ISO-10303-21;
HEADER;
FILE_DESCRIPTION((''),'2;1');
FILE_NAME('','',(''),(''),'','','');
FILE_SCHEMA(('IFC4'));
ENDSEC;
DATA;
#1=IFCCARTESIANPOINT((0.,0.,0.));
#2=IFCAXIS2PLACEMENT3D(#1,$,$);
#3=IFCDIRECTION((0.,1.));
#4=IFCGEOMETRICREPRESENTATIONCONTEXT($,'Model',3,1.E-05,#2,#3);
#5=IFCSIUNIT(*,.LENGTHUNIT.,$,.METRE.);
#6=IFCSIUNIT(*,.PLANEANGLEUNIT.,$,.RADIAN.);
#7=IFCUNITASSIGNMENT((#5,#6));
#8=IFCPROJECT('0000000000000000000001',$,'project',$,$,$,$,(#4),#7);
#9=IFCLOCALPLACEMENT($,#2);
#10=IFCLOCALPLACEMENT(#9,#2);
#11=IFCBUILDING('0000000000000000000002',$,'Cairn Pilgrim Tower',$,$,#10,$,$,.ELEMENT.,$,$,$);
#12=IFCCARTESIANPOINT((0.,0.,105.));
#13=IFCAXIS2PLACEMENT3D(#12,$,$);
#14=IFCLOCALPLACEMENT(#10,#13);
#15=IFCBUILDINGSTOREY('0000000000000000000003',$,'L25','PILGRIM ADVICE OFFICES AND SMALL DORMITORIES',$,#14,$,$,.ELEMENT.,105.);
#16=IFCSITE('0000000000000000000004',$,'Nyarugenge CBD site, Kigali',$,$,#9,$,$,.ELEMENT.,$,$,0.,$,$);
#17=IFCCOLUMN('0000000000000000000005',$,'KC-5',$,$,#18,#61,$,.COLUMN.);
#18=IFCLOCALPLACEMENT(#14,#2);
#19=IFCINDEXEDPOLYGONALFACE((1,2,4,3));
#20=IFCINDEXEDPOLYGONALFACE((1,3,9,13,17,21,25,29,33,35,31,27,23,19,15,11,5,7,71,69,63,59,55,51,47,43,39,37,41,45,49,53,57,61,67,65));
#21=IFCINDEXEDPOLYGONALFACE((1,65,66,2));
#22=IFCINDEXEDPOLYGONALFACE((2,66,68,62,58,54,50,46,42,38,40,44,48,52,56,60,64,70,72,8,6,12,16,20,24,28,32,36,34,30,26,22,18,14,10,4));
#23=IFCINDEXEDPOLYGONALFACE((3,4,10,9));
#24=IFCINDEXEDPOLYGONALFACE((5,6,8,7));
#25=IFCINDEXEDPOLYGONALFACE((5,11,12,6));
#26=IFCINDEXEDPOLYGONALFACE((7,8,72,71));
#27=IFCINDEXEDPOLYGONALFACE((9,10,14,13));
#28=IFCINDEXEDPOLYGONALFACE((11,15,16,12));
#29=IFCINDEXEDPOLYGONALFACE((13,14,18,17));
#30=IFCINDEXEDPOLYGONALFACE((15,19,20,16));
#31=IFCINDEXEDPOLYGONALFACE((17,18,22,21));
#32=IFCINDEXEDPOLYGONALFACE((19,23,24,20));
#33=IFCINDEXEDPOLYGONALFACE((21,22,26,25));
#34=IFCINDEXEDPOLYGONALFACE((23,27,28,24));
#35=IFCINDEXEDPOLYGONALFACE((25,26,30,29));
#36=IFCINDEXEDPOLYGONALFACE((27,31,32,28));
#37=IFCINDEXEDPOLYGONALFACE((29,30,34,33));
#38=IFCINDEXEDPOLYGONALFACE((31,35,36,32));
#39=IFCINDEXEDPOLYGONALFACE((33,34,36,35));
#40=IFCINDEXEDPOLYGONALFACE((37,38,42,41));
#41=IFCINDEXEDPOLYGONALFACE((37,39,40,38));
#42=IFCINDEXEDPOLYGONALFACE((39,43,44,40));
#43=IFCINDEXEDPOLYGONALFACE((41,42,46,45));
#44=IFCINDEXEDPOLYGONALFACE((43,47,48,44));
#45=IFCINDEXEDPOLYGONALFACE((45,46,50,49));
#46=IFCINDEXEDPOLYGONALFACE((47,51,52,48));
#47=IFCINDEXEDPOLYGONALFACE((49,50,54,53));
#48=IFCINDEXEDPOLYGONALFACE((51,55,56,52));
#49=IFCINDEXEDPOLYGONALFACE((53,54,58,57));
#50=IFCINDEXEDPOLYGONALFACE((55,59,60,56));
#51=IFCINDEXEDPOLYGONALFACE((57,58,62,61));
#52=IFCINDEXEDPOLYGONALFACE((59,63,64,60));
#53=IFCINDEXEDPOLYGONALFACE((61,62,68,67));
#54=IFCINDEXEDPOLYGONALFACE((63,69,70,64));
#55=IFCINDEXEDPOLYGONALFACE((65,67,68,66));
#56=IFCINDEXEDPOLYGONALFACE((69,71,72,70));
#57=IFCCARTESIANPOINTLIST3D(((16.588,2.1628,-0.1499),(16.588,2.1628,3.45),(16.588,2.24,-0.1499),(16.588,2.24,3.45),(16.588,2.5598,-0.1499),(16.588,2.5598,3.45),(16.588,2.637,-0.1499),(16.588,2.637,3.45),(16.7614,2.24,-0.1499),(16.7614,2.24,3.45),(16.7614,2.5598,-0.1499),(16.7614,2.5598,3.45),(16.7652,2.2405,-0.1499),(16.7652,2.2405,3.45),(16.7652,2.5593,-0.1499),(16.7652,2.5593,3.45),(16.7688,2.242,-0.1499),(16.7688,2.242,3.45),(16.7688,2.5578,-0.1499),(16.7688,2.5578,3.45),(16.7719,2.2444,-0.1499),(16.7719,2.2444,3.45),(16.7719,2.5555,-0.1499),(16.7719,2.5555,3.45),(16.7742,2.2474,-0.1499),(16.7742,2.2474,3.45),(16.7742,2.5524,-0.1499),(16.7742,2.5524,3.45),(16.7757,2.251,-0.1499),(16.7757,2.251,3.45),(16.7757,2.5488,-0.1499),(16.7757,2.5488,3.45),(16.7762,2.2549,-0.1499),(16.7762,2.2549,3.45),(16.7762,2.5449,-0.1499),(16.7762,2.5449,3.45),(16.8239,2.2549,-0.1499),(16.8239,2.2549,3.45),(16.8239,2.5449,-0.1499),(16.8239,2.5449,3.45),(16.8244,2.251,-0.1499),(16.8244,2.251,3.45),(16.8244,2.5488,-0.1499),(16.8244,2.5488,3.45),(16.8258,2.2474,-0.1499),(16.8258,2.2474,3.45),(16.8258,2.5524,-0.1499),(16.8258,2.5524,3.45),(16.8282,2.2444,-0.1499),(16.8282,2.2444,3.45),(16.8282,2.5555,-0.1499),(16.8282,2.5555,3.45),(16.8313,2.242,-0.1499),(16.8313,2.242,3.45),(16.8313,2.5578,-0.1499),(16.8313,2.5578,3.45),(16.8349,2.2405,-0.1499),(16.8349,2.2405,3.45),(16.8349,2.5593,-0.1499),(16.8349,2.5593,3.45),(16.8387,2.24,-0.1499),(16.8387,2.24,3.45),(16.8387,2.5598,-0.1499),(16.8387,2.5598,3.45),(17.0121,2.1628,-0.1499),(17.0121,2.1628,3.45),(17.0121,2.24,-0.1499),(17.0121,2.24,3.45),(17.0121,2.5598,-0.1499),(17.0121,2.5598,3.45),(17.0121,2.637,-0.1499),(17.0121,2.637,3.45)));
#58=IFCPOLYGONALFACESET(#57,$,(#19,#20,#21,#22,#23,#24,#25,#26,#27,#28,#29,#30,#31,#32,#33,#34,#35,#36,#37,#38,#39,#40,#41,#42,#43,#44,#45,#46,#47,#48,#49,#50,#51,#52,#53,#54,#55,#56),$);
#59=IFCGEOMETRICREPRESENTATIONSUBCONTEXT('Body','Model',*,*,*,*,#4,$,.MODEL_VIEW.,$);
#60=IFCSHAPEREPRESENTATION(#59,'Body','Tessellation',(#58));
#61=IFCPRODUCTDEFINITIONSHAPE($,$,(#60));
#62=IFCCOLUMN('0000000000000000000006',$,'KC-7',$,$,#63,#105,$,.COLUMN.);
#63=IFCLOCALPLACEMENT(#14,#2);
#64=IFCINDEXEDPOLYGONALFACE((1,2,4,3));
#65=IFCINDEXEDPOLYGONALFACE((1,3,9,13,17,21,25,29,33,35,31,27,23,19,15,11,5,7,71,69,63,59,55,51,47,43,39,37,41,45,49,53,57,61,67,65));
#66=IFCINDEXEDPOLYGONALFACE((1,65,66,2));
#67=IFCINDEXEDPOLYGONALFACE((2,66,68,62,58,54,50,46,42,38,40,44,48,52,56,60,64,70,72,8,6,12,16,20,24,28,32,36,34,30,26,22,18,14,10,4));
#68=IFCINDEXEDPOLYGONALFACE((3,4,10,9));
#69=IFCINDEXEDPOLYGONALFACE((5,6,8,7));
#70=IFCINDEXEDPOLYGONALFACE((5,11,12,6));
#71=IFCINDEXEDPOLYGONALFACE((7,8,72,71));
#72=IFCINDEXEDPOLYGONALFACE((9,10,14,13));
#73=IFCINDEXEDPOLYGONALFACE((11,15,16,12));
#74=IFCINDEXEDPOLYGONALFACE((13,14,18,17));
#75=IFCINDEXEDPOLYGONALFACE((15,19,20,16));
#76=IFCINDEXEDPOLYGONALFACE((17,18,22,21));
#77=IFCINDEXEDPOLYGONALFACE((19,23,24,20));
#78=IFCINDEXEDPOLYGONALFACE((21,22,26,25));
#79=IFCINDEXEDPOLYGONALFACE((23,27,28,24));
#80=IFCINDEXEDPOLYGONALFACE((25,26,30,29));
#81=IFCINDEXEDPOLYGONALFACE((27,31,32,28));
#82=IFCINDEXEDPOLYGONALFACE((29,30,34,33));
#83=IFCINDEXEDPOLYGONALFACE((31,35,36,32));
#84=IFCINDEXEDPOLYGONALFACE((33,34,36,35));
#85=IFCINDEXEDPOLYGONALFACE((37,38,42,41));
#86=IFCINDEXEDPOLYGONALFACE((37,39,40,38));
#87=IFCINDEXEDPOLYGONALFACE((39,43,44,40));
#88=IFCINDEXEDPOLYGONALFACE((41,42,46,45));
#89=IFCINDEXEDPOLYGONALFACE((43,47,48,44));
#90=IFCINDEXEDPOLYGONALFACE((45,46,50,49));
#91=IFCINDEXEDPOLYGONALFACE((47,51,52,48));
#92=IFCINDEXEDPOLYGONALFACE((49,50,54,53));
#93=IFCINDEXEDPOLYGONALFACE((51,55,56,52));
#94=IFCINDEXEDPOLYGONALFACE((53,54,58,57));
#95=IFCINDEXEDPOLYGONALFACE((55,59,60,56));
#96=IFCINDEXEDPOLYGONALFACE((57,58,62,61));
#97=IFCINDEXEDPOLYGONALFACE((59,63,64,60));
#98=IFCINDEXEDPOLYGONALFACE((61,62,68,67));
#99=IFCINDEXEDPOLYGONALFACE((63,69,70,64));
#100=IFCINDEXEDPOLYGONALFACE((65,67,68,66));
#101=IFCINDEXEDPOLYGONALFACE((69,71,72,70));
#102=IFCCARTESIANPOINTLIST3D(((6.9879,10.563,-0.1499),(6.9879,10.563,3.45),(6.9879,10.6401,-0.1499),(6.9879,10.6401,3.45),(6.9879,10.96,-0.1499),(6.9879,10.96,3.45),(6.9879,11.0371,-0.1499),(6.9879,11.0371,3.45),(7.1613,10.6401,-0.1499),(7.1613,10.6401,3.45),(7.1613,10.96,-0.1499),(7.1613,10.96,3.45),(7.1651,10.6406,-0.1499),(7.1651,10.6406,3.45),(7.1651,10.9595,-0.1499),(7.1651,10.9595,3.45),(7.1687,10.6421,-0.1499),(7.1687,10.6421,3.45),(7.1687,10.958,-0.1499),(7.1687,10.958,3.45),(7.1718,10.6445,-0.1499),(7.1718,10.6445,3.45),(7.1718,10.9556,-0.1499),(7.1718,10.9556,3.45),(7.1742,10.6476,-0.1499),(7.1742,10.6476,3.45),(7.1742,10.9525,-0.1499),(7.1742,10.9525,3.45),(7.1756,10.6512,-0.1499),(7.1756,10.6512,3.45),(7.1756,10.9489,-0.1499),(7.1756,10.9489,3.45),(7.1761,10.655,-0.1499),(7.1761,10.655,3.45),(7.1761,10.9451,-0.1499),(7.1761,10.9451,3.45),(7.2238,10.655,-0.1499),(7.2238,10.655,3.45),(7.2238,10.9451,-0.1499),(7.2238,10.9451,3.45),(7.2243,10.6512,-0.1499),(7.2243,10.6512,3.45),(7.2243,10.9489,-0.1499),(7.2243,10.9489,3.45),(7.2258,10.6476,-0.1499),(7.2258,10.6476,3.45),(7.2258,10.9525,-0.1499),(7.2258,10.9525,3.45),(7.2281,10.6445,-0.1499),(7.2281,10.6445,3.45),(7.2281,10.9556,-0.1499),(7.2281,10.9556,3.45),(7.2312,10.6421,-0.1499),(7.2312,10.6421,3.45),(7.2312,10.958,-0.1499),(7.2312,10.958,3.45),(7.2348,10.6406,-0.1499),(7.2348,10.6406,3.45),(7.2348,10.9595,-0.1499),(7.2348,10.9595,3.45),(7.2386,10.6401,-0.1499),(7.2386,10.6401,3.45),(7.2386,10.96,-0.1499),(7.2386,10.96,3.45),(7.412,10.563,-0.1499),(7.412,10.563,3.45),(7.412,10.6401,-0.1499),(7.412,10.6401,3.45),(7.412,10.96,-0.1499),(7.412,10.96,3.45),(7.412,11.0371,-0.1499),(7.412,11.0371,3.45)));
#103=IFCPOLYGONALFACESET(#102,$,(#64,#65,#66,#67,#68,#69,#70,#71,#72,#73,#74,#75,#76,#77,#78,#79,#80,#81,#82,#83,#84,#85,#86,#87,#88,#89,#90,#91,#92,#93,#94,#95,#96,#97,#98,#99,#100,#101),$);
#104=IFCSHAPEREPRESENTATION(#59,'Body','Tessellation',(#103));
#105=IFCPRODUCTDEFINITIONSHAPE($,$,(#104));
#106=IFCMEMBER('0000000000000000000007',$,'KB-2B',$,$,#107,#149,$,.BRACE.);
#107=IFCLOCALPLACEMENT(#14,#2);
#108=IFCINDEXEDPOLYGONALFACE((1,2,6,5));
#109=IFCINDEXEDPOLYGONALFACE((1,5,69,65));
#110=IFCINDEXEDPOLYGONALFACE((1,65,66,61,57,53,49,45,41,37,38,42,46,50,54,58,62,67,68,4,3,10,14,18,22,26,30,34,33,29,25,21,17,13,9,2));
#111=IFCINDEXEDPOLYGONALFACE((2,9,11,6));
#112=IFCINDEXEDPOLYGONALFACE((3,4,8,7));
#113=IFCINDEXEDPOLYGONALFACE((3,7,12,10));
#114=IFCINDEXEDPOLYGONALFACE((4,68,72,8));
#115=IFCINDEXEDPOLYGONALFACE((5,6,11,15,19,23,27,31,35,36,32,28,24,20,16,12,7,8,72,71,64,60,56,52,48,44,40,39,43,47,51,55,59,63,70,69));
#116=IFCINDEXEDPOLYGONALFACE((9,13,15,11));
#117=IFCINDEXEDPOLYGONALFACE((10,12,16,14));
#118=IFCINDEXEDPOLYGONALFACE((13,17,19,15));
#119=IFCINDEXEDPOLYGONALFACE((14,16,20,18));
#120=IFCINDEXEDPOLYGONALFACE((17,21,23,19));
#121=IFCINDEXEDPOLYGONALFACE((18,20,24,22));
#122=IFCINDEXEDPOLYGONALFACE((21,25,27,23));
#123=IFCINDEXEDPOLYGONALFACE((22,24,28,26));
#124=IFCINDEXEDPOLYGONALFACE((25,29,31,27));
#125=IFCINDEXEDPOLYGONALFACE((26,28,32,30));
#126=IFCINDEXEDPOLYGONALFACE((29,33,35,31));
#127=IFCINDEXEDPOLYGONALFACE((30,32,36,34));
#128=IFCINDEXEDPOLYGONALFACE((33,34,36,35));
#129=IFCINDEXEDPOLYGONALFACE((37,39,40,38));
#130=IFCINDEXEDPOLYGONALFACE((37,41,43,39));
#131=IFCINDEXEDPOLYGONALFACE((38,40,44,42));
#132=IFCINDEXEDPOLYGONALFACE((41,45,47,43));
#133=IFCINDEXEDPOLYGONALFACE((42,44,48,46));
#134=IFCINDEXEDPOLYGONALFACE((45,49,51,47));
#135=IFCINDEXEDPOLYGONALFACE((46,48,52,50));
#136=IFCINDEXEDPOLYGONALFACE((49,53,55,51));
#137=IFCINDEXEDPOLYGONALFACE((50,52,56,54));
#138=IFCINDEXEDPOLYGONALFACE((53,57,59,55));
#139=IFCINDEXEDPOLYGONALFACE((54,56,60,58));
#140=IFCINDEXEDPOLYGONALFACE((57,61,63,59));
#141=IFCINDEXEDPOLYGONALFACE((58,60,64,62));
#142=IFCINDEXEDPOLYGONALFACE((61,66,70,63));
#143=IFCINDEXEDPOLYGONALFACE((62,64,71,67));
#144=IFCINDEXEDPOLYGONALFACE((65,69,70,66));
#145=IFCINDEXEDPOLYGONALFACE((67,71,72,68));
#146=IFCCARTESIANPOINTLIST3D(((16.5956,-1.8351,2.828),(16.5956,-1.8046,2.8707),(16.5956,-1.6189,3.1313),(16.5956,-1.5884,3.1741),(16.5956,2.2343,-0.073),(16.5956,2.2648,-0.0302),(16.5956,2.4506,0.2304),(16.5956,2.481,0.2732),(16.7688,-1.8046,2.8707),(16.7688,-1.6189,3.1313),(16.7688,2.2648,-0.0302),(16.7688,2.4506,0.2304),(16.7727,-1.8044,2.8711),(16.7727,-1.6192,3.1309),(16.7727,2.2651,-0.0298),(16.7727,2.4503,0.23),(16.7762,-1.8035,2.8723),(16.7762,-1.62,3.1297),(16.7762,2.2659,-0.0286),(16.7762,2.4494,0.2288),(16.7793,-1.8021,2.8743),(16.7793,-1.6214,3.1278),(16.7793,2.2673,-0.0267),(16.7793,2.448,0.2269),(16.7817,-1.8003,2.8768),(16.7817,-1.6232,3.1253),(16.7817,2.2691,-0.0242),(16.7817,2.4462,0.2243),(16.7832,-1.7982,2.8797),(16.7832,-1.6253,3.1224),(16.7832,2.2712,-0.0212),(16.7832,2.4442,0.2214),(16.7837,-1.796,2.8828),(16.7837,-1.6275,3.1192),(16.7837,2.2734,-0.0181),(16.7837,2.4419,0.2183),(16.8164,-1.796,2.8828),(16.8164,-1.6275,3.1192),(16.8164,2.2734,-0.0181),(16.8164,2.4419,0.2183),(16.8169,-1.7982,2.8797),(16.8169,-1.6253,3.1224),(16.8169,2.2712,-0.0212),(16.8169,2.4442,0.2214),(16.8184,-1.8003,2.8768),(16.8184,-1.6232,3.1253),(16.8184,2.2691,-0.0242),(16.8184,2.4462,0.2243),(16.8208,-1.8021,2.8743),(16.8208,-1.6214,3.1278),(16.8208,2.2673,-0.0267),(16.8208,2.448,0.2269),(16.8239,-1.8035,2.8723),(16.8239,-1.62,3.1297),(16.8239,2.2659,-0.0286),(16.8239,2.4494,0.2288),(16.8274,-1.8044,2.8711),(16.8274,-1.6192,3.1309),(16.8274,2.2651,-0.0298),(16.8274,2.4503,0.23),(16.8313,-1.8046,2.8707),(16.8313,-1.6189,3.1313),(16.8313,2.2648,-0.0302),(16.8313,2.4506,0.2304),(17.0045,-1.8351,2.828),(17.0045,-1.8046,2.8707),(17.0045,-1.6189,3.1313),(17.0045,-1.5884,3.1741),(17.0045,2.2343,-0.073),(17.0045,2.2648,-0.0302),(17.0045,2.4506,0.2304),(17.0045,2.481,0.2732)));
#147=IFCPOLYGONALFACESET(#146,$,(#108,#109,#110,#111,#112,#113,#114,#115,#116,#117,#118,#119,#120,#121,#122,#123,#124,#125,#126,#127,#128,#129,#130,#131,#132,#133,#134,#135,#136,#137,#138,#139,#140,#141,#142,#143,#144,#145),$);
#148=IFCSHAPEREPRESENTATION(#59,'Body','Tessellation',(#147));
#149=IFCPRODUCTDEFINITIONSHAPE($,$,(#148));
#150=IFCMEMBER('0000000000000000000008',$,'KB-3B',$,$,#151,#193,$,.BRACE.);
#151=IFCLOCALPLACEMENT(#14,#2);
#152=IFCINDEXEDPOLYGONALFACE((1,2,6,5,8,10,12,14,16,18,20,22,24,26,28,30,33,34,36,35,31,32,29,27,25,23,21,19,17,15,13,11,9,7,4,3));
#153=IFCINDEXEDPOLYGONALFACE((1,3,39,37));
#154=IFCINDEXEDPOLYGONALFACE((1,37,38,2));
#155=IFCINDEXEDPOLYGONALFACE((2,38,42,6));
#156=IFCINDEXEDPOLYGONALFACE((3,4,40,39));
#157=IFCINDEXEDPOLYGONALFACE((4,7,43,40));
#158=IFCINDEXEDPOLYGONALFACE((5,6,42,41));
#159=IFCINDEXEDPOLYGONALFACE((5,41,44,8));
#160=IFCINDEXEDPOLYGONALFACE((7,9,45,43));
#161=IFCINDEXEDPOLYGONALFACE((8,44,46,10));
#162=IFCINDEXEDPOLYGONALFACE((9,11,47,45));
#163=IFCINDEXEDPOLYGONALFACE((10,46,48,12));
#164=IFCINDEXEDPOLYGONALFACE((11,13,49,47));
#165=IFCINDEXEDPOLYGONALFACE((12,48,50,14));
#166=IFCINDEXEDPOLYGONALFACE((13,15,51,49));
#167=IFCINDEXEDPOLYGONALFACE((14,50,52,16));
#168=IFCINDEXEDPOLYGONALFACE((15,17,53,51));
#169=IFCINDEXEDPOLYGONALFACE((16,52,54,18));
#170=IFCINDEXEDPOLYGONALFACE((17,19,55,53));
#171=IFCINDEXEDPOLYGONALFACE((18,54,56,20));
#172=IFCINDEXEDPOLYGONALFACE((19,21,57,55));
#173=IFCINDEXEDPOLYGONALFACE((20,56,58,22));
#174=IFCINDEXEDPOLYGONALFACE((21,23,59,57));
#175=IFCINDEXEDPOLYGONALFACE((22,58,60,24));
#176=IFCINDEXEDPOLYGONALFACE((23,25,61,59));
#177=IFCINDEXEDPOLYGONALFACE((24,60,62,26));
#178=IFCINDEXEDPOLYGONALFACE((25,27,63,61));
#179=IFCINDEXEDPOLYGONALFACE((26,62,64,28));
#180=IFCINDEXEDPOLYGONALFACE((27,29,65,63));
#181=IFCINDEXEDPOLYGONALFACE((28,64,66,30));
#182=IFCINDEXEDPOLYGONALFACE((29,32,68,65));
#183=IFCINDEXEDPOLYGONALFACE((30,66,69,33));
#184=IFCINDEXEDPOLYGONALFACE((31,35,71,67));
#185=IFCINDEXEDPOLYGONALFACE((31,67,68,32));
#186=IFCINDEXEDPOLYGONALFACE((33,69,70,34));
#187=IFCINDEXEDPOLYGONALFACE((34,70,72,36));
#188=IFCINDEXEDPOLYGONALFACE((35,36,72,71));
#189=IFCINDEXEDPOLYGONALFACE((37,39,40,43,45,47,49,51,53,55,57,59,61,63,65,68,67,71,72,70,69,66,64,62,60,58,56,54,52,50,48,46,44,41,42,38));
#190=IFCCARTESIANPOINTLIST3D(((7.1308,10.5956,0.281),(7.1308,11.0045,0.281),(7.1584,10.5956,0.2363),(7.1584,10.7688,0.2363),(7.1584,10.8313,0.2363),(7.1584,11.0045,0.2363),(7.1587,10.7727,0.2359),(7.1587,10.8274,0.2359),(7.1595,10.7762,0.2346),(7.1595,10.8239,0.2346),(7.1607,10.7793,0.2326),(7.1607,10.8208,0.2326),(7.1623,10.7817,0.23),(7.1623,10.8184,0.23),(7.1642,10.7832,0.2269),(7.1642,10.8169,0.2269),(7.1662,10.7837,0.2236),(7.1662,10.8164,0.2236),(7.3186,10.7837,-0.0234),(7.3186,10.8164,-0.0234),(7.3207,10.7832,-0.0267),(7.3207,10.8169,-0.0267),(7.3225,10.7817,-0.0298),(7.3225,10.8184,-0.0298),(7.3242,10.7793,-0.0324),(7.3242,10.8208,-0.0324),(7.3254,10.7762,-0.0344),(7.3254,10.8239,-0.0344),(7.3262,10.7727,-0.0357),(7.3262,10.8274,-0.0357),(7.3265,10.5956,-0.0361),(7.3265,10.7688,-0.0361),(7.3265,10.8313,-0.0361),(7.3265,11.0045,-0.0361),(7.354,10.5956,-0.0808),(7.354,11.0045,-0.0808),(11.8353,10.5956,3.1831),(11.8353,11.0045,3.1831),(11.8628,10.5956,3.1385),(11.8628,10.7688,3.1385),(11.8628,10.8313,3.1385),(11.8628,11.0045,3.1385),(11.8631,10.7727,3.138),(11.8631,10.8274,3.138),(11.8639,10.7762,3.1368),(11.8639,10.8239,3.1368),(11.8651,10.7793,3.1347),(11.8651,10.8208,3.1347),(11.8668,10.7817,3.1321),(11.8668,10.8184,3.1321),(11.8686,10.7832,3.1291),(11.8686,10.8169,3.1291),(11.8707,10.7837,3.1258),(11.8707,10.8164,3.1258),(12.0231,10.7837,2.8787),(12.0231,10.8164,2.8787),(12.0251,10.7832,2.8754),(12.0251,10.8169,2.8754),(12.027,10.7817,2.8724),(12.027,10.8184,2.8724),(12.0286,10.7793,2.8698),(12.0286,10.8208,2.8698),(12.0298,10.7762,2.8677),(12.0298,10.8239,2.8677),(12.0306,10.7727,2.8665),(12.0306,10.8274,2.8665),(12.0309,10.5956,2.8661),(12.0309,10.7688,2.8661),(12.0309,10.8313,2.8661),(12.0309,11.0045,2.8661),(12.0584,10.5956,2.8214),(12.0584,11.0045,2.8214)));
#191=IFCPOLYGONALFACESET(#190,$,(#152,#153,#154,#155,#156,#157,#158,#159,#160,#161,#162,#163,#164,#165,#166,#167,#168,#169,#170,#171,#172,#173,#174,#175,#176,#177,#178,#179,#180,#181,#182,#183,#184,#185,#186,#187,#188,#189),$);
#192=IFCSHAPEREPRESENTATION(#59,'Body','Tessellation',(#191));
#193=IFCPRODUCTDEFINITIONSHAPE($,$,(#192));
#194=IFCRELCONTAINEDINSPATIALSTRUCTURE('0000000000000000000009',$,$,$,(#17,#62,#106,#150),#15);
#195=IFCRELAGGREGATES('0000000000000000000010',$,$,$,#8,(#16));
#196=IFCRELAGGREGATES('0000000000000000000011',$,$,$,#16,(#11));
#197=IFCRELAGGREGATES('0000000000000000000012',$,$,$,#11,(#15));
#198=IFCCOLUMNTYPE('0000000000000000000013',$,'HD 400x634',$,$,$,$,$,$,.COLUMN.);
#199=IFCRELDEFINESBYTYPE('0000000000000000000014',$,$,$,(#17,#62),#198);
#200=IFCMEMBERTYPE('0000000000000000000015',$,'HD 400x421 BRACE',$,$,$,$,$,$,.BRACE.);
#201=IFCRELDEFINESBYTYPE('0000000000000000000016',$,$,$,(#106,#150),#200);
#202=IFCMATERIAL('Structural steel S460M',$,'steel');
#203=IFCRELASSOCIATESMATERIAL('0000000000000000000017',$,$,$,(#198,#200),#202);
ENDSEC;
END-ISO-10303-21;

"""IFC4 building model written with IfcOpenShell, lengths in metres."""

from ifc_helpers import new_model, si_unit, direction, frame, origin, origin_2d, place, context, subcontext, project, spatial, i_section, extrude, material, material_profile, profile_set, type_object, element, save


model = new_model("IFC4")

# Units and contexts
model_context = context("Model", 3, precision=1e-05, world=origin(), true_north=direction((0.0, 1.0)))
body_context = subcontext(model_context, "Body", "Model", "MODEL_VIEW")
ifc_project = project(units=[si_unit("LENGTHUNIT", "METRE"), si_unit("PLANEANGLEUNIT", "RADIAN")], contexts=[model_context])

# Site, building, storey
site_placement = place(None, origin())
site = spatial("IfcSite", under=ifc_project, at=site_placement, Name="Nyarugenge CBD site, Kigali", CompositionType="ELEMENT", RefElevation=0.0)
building_placement = place(site_placement, origin())
building = spatial("IfcBuilding", under=site, at=building_placement, Name="Cairn Pilgrim Tower", CompositionType="ELEMENT")
storey_placement = place(building_placement, frame((0.0, 0.0, 105.0)))
storey = spatial("IfcBuildingStorey", under=building, at=storey_placement, Name="L25", Description="PILGRIM ADVICE OFFICES AND SMALL DORMITORIES", CompositionType="ELEMENT", Elevation=105.0)

# Columns
ifc_material_1 = material(Name="Structural steel S460M", Category="steel")
ifc_material_profile_1 = material_profile(ifc_material_1, i_section(OverallWidth=0.4241, OverallDepth=0.4741, WebThickness=0.0476, FlangeThickness=0.0771, FilletRadius=0.0149, at=origin_2d()), Name="HD 400x634")
ifc_profile_set_1 = profile_set([ifc_material_profile_1], Name="Structural steel S460M")
column_type = type_object("IfcColumnType", Name="HD 400x634", PredefinedType="COLUMN", material=ifc_profile_set_1)
for number, where, z_axis, x_axis, name in (
    (1, (16.8, 2.3999, -0.1499), (0.0, 0.0, 1.0), (1.0, 0.0, 0.0), "KC-5"),
    (2, (7.2, 10.8, -0.1499), (0.0, 0.0, 1.0), (1.0, 0.0, 0.0), "KC-7"),
):
    element("IfcColumn", number, at=place(storey_placement, frame(where, z_axis=z_axis, x_axis=x_axis)), inside=storey, type_object=column_type, Name=name, PredefinedType="COLUMN", context=body_context, shape_type="SweptSolid", body=[
        extrude(i_section(OverallWidth=0.4241, OverallDepth=0.4741, WebThickness=0.0476, FlangeThickness=0.0771, FilletRadius=0.0149, at=origin_2d()), origin(), (0.0, 0.0, 1.0), 3.5999),
    ])

# Members
ifc_material_profile_2 = material_profile(ifc_material_1, i_section(OverallWidth=0.4089, OverallDepth=0.425, WebThickness=0.0327, FlangeThickness=0.0525, FilletRadius=0.0149, at=origin_2d()), Name="HD 400x421")
ifc_profile_set_2 = profile_set([ifc_material_profile_2], Name="Structural steel S460M")
member_type = type_object("IfcMemberType", Name="HD 400x421 BRACE", PredefinedType="BRACE", material=ifc_profile_set_2)
member_1_placement = place(storey_placement, frame((16.8, 2.3577, 0.1001), z_axis=(0.0, -0.814281, 0.580471), x_axis=(1.0, 0.0, 0.0)))
element("IfcMember", 3, at=member_1_placement, inside=storey, type_object=member_type, Name="KB-2B", PredefinedType="BRACE", context=body_context, shape_type="SweptSolid", body=[
    extrude(i_section(OverallWidth=0.4089, OverallDepth=0.425, WebThickness=0.0327, FlangeThickness=0.0525, FilletRadius=0.0149, at=origin_2d()), origin(), (0.0, 0.0, 1.0), 4.9976),
])
member_2_placement = place(storey_placement, frame((7.2424, 10.8, 0.1001), z_axis=(0.851083, 0.0, 0.525031), x_axis=(0.0, 1.0, 0.0)))
element("IfcMember", 4, at=member_2_placement, inside=storey, type_object=member_type, Name="KB-3B", PredefinedType="BRACE", context=body_context, shape_type="SweptSolid", body=[
    extrude(i_section(OverallWidth=0.4089, OverallDepth=0.425, WebThickness=0.0327, FlangeThickness=0.0525, FilletRadius=0.0149, at=origin_2d()), origin(), (0.0, 0.0, 1.0), 5.5276),
])

save(model, "model.ifc")
